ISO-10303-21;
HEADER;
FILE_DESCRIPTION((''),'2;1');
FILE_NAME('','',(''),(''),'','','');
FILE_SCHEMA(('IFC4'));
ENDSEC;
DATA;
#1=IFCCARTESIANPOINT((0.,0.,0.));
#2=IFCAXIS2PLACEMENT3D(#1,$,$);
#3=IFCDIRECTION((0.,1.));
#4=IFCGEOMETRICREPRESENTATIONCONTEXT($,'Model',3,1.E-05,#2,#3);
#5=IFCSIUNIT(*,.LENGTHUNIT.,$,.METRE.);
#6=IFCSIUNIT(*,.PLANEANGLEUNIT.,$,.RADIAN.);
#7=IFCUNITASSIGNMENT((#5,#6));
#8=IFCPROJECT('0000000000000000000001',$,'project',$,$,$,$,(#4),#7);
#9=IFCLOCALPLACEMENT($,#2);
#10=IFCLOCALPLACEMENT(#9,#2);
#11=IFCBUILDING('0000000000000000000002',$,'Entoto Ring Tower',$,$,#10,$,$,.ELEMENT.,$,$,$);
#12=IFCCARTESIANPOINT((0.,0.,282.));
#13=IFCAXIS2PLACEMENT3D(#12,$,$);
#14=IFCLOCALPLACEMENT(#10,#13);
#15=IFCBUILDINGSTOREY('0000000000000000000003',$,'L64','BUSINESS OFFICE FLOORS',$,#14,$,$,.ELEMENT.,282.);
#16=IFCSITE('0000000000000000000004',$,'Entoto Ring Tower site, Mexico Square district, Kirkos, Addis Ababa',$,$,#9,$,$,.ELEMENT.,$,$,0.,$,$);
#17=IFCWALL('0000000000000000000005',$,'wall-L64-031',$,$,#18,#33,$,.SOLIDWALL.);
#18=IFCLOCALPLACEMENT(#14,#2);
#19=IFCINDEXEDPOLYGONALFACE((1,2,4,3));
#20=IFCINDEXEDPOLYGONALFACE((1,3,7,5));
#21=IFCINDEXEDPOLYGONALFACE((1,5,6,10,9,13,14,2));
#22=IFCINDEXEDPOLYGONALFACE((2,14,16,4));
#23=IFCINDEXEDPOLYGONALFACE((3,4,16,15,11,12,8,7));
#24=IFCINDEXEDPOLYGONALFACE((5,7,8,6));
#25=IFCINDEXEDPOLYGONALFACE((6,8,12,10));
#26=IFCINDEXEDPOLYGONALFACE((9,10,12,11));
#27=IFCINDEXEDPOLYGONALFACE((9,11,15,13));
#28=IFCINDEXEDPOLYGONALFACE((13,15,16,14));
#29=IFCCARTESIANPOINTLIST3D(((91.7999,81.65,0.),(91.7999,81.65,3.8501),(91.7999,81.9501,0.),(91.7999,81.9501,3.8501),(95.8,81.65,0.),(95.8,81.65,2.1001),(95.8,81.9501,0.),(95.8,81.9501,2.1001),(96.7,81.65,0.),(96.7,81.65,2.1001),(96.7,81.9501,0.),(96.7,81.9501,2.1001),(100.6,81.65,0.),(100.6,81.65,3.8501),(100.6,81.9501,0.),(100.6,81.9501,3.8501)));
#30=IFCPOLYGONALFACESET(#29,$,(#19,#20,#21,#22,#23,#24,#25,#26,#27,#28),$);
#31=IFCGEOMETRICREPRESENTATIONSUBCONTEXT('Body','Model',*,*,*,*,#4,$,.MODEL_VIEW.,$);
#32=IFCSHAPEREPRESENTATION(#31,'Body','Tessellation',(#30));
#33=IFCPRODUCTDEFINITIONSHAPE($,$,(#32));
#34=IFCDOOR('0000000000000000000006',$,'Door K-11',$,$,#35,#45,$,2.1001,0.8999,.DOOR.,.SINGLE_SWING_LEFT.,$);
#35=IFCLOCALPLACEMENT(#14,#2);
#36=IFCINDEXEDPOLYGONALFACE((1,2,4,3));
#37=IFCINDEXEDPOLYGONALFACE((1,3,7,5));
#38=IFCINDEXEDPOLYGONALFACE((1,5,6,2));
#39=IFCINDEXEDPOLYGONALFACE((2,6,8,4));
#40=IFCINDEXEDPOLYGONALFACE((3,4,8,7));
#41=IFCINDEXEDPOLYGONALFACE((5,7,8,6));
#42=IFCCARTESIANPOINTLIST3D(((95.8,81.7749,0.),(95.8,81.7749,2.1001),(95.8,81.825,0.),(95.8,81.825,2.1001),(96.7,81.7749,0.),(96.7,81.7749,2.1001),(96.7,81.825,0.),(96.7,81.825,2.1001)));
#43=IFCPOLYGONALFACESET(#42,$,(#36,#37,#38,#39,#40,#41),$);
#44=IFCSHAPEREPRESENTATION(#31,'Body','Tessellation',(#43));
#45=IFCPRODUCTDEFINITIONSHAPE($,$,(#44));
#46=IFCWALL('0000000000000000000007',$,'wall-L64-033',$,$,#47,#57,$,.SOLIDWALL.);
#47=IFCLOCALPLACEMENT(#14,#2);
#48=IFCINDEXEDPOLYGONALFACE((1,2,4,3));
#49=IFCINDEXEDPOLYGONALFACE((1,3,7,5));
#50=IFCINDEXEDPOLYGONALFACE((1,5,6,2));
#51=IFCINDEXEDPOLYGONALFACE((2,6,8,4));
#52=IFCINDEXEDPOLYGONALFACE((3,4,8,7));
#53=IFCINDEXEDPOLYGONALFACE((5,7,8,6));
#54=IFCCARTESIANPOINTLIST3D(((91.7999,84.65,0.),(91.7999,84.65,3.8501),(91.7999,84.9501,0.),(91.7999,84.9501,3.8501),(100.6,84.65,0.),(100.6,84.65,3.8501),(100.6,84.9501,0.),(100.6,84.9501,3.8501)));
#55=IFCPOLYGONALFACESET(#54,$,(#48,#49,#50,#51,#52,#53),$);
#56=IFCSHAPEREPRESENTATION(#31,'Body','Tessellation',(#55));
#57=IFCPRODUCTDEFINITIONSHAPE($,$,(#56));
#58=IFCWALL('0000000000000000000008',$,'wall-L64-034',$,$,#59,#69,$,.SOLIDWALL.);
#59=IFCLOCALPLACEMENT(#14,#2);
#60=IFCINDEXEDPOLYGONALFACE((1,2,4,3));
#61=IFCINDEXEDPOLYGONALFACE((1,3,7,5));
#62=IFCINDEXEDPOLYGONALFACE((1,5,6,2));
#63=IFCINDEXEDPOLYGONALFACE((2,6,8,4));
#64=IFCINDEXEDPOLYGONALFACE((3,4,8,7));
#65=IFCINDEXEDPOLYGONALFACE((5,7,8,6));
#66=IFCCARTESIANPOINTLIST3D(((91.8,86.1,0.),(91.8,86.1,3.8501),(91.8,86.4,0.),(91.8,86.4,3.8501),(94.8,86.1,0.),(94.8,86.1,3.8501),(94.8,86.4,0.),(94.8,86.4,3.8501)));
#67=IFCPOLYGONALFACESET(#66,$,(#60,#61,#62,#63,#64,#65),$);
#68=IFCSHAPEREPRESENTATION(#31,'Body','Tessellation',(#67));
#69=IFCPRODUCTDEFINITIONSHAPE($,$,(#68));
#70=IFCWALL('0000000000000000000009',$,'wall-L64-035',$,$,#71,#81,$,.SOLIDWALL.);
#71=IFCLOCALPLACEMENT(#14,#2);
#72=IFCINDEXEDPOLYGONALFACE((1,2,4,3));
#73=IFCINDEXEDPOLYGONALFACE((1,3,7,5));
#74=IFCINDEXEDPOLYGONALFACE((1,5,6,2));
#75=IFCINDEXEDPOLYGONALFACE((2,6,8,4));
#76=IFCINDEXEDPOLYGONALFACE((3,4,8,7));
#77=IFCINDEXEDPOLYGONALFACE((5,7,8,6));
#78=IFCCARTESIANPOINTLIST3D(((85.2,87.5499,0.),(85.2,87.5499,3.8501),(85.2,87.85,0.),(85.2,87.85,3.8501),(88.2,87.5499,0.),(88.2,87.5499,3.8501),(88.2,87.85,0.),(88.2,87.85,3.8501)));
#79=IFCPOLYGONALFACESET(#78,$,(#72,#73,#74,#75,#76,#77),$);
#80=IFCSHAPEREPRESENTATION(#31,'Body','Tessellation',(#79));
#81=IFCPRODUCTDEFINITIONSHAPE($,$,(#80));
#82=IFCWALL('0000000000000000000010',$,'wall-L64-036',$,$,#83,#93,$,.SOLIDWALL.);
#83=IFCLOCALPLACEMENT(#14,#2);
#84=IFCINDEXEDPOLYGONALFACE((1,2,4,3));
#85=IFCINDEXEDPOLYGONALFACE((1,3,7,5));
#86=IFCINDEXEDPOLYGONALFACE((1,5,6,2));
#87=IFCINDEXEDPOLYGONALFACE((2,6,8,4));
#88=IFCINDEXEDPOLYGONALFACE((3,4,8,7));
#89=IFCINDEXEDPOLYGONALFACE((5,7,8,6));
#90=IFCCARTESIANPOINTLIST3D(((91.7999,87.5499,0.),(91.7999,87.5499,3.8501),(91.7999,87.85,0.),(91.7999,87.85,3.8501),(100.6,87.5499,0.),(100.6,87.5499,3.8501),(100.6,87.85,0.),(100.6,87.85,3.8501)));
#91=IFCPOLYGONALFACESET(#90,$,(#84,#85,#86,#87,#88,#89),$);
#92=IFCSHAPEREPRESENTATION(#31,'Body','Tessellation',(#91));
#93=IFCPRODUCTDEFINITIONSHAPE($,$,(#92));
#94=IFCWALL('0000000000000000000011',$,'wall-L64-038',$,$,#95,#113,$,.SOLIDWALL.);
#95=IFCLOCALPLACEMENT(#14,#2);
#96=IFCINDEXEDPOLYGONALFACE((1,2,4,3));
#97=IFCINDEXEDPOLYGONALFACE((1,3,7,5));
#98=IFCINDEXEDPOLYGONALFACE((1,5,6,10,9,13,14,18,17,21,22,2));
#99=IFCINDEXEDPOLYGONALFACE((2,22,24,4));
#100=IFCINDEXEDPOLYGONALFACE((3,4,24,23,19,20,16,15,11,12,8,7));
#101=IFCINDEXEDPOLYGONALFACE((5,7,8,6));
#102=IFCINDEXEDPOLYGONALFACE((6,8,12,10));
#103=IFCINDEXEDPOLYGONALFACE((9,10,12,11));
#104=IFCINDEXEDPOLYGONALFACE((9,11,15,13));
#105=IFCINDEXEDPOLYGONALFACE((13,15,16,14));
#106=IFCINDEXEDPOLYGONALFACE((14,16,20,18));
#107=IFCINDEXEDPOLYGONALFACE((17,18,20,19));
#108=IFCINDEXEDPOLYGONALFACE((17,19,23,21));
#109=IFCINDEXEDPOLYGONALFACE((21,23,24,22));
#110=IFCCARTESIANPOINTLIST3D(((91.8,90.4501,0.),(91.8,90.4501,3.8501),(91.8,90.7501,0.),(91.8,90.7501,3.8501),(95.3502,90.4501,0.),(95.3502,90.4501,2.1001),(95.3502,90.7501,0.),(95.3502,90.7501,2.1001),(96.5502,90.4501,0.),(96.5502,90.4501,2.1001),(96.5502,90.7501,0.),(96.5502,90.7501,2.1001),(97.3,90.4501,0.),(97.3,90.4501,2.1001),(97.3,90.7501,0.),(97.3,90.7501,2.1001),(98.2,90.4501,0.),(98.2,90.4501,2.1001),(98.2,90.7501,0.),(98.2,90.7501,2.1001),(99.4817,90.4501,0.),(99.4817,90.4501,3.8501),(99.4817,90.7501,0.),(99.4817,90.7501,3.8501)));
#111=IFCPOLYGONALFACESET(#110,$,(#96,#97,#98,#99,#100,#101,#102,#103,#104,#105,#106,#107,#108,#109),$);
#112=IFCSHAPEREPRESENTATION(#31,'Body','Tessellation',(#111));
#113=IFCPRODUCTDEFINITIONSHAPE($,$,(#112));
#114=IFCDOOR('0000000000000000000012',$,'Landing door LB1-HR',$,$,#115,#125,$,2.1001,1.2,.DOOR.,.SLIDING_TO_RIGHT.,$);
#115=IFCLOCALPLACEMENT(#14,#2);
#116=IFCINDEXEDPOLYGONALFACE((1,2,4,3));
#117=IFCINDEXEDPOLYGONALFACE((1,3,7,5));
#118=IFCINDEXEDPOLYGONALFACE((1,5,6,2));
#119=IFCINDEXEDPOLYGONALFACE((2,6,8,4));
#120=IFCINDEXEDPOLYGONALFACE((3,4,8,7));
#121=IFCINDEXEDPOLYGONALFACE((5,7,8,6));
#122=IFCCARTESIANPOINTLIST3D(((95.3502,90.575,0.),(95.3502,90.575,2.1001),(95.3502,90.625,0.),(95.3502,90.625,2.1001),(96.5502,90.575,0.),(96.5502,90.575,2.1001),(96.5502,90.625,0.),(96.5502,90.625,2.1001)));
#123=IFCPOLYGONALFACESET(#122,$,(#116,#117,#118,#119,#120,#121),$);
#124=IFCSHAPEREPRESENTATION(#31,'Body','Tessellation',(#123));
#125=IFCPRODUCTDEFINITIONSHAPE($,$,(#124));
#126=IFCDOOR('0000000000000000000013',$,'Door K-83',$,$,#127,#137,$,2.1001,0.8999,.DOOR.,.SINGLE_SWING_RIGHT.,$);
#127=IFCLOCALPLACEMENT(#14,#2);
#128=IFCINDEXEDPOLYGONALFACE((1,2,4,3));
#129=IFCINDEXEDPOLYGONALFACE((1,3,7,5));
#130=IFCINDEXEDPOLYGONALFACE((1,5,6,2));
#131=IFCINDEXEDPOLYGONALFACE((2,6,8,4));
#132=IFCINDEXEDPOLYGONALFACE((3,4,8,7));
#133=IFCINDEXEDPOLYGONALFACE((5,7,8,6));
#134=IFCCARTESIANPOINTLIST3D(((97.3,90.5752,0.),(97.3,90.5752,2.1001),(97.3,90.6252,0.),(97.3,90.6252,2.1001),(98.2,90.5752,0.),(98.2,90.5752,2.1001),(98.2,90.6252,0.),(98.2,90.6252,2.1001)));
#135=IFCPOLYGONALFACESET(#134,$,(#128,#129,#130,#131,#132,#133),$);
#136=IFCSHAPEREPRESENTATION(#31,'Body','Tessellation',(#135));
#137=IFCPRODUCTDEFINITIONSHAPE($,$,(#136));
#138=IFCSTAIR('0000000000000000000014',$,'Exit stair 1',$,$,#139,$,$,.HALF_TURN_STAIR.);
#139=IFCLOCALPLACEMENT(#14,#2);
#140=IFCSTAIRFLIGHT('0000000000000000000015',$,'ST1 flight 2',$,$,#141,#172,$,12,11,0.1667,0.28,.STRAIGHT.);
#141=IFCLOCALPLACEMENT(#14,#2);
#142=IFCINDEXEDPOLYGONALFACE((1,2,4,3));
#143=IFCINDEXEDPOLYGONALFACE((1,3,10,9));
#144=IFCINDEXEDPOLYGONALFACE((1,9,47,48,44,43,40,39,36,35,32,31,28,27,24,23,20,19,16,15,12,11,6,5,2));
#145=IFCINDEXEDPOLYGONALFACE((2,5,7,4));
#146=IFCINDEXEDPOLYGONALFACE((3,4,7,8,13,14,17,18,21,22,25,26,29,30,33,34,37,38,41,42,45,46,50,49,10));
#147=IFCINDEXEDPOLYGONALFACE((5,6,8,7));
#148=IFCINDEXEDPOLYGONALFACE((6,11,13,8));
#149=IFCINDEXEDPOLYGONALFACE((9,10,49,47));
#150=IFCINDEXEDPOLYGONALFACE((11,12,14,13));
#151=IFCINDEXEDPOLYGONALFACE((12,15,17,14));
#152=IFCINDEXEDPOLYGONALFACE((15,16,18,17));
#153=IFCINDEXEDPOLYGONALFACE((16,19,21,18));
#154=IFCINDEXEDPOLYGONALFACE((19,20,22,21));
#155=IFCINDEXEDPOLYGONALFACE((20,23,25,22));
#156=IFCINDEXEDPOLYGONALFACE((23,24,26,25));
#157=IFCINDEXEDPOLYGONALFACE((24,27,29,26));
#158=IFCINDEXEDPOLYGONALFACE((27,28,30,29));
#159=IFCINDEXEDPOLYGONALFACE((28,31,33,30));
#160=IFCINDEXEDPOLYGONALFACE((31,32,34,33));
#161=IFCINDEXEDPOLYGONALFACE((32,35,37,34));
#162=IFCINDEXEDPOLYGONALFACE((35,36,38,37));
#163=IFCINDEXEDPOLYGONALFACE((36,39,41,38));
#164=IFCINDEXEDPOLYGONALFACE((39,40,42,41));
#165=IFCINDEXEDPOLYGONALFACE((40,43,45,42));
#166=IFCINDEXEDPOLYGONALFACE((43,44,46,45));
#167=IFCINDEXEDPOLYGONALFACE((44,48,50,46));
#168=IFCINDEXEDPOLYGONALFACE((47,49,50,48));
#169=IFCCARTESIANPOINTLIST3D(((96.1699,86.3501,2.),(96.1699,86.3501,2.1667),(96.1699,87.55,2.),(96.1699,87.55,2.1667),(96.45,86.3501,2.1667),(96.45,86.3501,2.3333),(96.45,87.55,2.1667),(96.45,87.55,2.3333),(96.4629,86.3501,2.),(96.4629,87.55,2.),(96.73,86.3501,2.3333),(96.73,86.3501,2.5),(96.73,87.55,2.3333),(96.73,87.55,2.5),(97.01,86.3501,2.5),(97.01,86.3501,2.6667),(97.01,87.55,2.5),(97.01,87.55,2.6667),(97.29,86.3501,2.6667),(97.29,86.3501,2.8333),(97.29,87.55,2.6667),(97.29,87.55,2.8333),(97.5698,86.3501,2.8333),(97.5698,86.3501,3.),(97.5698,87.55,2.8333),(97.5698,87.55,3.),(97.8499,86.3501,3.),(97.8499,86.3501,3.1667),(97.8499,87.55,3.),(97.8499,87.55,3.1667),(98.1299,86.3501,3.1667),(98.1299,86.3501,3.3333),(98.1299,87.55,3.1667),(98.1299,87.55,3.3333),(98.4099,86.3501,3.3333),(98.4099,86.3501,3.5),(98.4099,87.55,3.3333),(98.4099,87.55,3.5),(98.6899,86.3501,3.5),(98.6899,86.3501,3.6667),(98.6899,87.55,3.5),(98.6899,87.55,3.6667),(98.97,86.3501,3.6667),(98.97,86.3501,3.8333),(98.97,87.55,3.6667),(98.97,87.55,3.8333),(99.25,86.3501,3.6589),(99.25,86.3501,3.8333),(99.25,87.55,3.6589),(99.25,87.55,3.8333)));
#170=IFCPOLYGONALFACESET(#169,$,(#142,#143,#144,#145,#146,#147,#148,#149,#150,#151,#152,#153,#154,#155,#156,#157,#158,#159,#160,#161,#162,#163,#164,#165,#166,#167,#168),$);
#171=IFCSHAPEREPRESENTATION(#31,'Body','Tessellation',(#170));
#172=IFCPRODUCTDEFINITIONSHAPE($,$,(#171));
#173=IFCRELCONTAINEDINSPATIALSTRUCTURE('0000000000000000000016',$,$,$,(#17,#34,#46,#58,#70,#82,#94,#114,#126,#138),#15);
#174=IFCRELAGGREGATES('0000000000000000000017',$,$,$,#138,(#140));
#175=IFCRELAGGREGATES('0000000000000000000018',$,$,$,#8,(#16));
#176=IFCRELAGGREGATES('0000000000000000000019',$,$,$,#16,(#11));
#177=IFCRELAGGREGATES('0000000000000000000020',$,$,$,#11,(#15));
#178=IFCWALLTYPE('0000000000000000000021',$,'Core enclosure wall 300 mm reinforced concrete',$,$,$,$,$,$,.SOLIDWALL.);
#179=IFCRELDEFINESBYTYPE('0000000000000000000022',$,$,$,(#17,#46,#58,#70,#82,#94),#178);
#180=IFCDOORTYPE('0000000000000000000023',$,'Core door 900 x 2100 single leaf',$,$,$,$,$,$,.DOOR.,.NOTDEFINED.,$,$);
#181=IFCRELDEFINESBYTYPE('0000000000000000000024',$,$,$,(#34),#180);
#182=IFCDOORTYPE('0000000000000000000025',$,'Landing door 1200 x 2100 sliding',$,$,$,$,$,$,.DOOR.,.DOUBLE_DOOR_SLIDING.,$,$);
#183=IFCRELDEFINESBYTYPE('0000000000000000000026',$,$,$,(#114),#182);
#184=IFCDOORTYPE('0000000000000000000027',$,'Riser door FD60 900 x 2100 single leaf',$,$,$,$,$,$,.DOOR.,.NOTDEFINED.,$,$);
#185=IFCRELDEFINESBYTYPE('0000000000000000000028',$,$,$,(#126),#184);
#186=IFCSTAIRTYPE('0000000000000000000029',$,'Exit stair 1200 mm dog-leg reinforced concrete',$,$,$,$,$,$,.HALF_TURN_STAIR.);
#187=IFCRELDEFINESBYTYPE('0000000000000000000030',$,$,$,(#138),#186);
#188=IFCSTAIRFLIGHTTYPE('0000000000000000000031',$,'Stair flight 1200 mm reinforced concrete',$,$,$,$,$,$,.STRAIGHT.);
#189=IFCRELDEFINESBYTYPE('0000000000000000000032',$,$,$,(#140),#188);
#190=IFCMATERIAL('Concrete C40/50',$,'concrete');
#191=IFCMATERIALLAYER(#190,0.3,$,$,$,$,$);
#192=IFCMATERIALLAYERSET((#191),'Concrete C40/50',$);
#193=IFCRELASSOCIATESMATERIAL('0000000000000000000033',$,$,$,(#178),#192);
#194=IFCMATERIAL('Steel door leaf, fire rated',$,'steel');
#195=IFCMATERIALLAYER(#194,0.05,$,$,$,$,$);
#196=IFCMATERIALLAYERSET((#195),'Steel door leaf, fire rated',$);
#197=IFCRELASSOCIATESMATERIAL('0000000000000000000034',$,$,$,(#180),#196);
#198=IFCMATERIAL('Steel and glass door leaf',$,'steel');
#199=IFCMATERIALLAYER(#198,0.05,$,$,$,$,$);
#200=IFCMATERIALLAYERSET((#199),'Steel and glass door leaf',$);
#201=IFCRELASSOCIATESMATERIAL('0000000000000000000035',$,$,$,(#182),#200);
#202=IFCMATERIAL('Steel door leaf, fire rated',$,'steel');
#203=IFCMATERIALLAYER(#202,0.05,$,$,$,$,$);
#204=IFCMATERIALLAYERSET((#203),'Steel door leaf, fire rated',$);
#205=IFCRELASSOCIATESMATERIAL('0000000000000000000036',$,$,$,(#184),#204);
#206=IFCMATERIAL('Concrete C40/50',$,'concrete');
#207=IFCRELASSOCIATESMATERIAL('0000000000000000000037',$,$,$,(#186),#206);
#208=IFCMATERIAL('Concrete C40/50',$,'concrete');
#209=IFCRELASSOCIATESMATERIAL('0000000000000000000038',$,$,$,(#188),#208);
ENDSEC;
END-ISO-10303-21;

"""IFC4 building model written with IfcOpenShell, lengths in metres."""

from ifc_helpers import new_model, si_unit, direction, frame, frame_2d, origin, place, context, subcontext, project, spatial, polyline, rectangle, outline, extrude, material, layer, layer_set, type_object, element, fill, aggregate, save


model = new_model("IFC4")

# Units and contexts
model_context = context("Model", 3, precision=1e-05, world=origin(), true_north=direction((0.0, 1.0)))
body_context = subcontext(model_context, "Body", "Model", "MODEL_VIEW")
ifc_project = project(units=[si_unit("LENGTHUNIT", "METRE"), si_unit("PLANEANGLEUNIT", "RADIAN")], contexts=[model_context])

# Site, building, storey
site_placement = place(None, origin())
site = spatial("IfcSite", under=ifc_project, at=site_placement, Name="Entoto Ring Tower site, Mexico Square district, Kirkos, Addis Ababa", CompositionType="ELEMENT", RefElevation=0.0)
building_placement = place(site_placement, origin())
building = spatial("IfcBuilding", under=site, at=building_placement, Name="Entoto Ring Tower", CompositionType="ELEMENT")
storey_placement = place(building_placement, frame((0.0, 0.0, 282.0)))
storey = spatial("IfcBuildingStorey", under=building, at=storey_placement, Name="L64", Description="BUSINESS OFFICE FLOORS", CompositionType="ELEMENT", Elevation=282.0)

# Shared definitions
ifc_material_1 = material(Name="Concrete C40/50", Category="concrete")
ifc_layer_1 = layer(ifc_material_1, 0.3)
ifc_layer_set_1 = layer_set([ifc_layer_1], Name="Concrete C40/50")
wall_type = type_object("IfcWallType", Name="Core enclosure wall 300 mm reinforced concrete", PredefinedType="SOLIDWALL", material=ifc_layer_set_1)

# Shared definitions
ifc_material_2 = material(Name="Steel door leaf, fire rated", Category="steel")
ifc_layer_2 = layer(ifc_material_2, 0.05)
ifc_layer_set_2 = layer_set([ifc_layer_2], Name="Steel door leaf, fire rated")
door_type_1 = type_object("IfcDoorType", Name="Core door 900 x 2100 single leaf", OperationType="NOTDEFINED", PredefinedType="DOOR", material=ifc_layer_set_2)
ifc_material_3 = material(Name="Steel and glass door leaf", Category="steel")
ifc_layer_3 = layer(ifc_material_3, 0.05)
ifc_layer_set_3 = layer_set([ifc_layer_3], Name="Steel and glass door leaf")
door_type_2 = type_object("IfcDoorType", Name="Landing door 1200 x 2100 sliding", OperationType="DOUBLE_DOOR_SLIDING", PredefinedType="DOOR", material=ifc_layer_set_3)

# Wall, opening, door
wall_1_placement = place(storey_placement, frame((91.8, 81.8, 0.0), z_axis=(0.0, 0.0, 1.0), x_axis=(1.0, 0.0, 0.0)))
wall_1 = element("IfcWall", 1, at=wall_1_placement, inside=storey, type_object=wall_type, Name="wall-L64-031", PredefinedType="SOLIDWALL", context=body_context, shape_type="SweptSolid", body=[
    extrude(rectangle(XDim=8.8, YDim=0.3, at=frame_2d((4.3999, 0.0))), origin(), (0.0, 0.0, 1.0), 3.8501),
])
opening_1_placement = place(wall_1_placement, frame((4.0, 0.0, 0.0)))
opening_1 = element("IfcOpeningElement", 2, at=opening_1_placement, cuts=wall_1, PredefinedType="OPENING", context=body_context, shape_type="SweptSolid", body=[
    extrude(rectangle(XDim=0.8999, YDim=2.1001, at=frame_2d((0.45, 1.05))), frame((0.0, 0.1602, 0.0), z_axis=(0.0, -1.0, 0.0), x_axis=(1.0, 0.0, 0.0)), (0.0, 0.0, 1.0), 0.3201),
])
door_1_placement = place(opening_1_placement, origin())
door_1 = element("IfcDoor", 3, at=door_1_placement, inside=storey, type_object=door_type_1, Name="Door K-11", OperationType="SINGLE_SWING_LEFT", OverallHeight=2.1001, OverallWidth=0.8999, PredefinedType="DOOR", context=body_context, shape_type="SweptSolid", body=[
    extrude(rectangle(XDim=0.8999, YDim=2.1001, at=frame_2d((0.45, 1.05))), frame((0.0, 0.0249, 0.0), z_axis=(0.0, -1.0, 0.0), x_axis=(1.0, 0.0, 0.0)), (0.0, 0.0, 1.0), 0.05),
])
fill(opening_1, door_1)

# Walls
wall_2_placement = place(storey_placement, frame((91.8, 84.8, 0.0), z_axis=(0.0, 0.0, 1.0), x_axis=(1.0, 0.0, 0.0)))
element("IfcWall", 4, at=wall_2_placement, inside=storey, type_object=wall_type, Name="wall-L64-033", PredefinedType="SOLIDWALL", context=body_context, shape_type="SweptSolid", body=[
    extrude(rectangle(XDim=8.8, YDim=0.3, at=frame_2d((4.3999, 0.0))), origin(), (0.0, 0.0, 1.0), 3.8501),
])
for number, where, z_axis, x_axis, name in (
    (5, (91.8, 86.25, 0.0), (0.0, 0.0, 1.0), (1.0, 0.0, 0.0), "wall-L64-034"),
    (6, (85.2, 87.7, 0.0), (0.0, 0.0, 1.0), (1.0, 0.0, 0.0), "wall-L64-035"),
):
    element("IfcWall", number, at=place(storey_placement, frame(where, z_axis=z_axis, x_axis=x_axis)), inside=storey, type_object=wall_type, Name=name, PredefinedType="SOLIDWALL", context=body_context, shape_type="SweptSolid", body=[
        extrude(rectangle(XDim=3.0, YDim=0.3, at=frame_2d((1.5, 0.0))), origin(), (0.0, 0.0, 1.0), 3.8501),
    ])
wall_3_placement = place(storey_placement, frame((91.8, 87.7, 0.0), z_axis=(0.0, 0.0, 1.0), x_axis=(1.0, 0.0, 0.0)))
element("IfcWall", 7, at=wall_3_placement, inside=storey, type_object=wall_type, Name="wall-L64-036", PredefinedType="SOLIDWALL", context=body_context, shape_type="SweptSolid", body=[
    extrude(rectangle(XDim=8.8, YDim=0.3, at=frame_2d((4.3999, 0.0))), origin(), (0.0, 0.0, 1.0), 3.8501),
])

# Wall, openings, doors
wall_4_placement = place(storey_placement, frame((91.8, 90.6001, 0.0), z_axis=(0.0, 0.0, 1.0), x_axis=(1.0, 0.0, 0.0)))
wall_4 = element("IfcWall", 8, at=wall_4_placement, inside=storey, type_object=wall_type, Name="wall-L64-038", PredefinedType="SOLIDWALL", context=body_context, shape_type="SweptSolid", body=[
    extrude(rectangle(XDim=7.6816, YDim=0.3, at=frame_2d((3.8408, 0.0))), origin(), (0.0, 0.0, 1.0), 3.8501),
])
opening_2_placement = place(wall_4_placement, frame((3.55, 0.0, 0.0)))
opening_2 = element("IfcOpeningElement", 9, at=opening_2_placement, cuts=wall_4, PredefinedType="OPENING", context=body_context, shape_type="SweptSolid", body=[
    extrude(rectangle(XDim=1.2, YDim=2.1001, at=frame_2d((0.6001, 1.05))), frame((0.0, 0.1602, 0.0), z_axis=(0.0, -1.0, 0.0), x_axis=(1.0, 0.0, 0.0)), (0.0, 0.0, 1.0), 0.3201),
])
opening_3_placement = place(wall_4_placement, frame((5.5, 0.0, 0.0)))
opening_3 = element("IfcOpeningElement", 10, at=opening_3_placement, cuts=wall_4, PredefinedType="OPENING", context=body_context, shape_type="SweptSolid", body=[
    extrude(rectangle(XDim=0.8999, YDim=2.1001, at=frame_2d((0.45, 1.05))), frame((0.0, 0.1602, 0.0), z_axis=(0.0, -1.0, 0.0), x_axis=(1.0, 0.0, 0.0)), (0.0, 0.0, 1.0), 0.3201),
])
door_2_placement = place(opening_2_placement, origin())
door_2 = element("IfcDoor", 11, at=door_2_placement, inside=storey, type_object=door_type_2, Name="Landing door LB1-HR", OperationType="SLIDING_TO_RIGHT", OverallHeight=2.1001, OverallWidth=1.2, PredefinedType="DOOR", context=body_context, shape_type="SweptSolid", body=[
    extrude(rectangle(XDim=1.2, YDim=2.1001, at=frame_2d((0.6001, 1.05))), frame((0.0, 0.0249, 0.0), z_axis=(0.0, -1.0, 0.0), x_axis=(1.0, 0.0, 0.0)), (0.0, 0.0, 1.0), 0.05),
])
fill(opening_2, door_2)
ifc_material_4 = material(Name="Steel door leaf, fire rated", Category="steel")
ifc_layer_4 = layer(ifc_material_4, 0.05)
ifc_layer_set_4 = layer_set([ifc_layer_4], Name="Steel door leaf, fire rated")
door_type_3 = type_object("IfcDoorType", Name="Riser door FD60 900 x 2100 single leaf", OperationType="NOTDEFINED", PredefinedType="DOOR", material=ifc_layer_set_4)
door_3_placement = place(opening_3_placement, frame((0.8999, 0.0, 0.0), z_axis=(0.0, 0.0, 1.0), x_axis=(-1.0, 0.0, 0.0)))
door_3 = element("IfcDoor", 12, at=door_3_placement, inside=storey, type_object=door_type_3, Name="Door K-83", OperationType="SINGLE_SWING_RIGHT", OverallHeight=2.1001, OverallWidth=0.8999, PredefinedType="DOOR", context=body_context, shape_type="SweptSolid", body=[
    extrude(rectangle(XDim=0.8999, YDim=2.1001, at=frame_2d((0.45, 1.05))), frame((0.0, 0.0249, 0.0), z_axis=(0.0, -1.0, 0.0), x_axis=(1.0, 0.0, 0.0)), (0.0, 0.0, 1.0), 0.05),
])
fill(opening_3, door_3)

# Stair, stair flight
ifc_material_5 = material(Name="Concrete C40/50", Category="concrete")
stair_type = type_object("IfcStairType", Name="Exit stair 1200 mm dog-leg reinforced concrete", PredefinedType="HALF_TURN_STAIR", material=ifc_material_5)
stair_placement = place(storey_placement, origin())
stair = element("IfcStair", 13, at=stair_placement, inside=storey, type_object=stair_type, Name="Exit stair 1", PredefinedType="HALF_TURN_STAIR")
ifc_material_6 = material(Name="Concrete C40/50", Category="concrete")
stair_flight_type = type_object("IfcStairFlightType", Name="Stair flight 1200 mm reinforced concrete", PredefinedType="STRAIGHT", material=ifc_material_6)
stair_flight_placement = place(storey_placement, frame((96.1699, 86.95, 2.0), z_axis=(0.0, 0.0, 1.0), x_axis=(1.0, 0.0, 0.0)))
stair_flight = element("IfcStairFlight", 14, at=stair_flight_placement, type_object=stair_flight_type, Name="ST1 flight 2", NumberOfRisers=12, NumberOfTreads=11, PredefinedType="STRAIGHT", RiserHeight=0.1667, TreadLength=0.28, context=body_context, shape_type="SweptSolid", body=[
    extrude(outline(polyline([(0.0, 0.0), (0.0, 0.1667), (0.28, 0.1667), (0.28, 0.3333), (0.5601, 0.3333), (0.5601, 0.5), (0.8401, 0.5), (0.8401, 0.6667), (1.1201, 0.6667), (1.1201, 0.8333), (1.3999, 0.8333), (1.3999, 1.0), (1.6799, 1.0), (1.6799, 1.1667), (1.96, 1.1667), (1.96, 1.3333), (2.24, 1.3333), (2.24, 1.5), (2.52, 1.5), (2.52, 1.6667), (2.8, 1.6667), (2.8, 1.8333), (3.0801, 1.8333), (3.0801, 2.0), (3.0801, 1.6589), (0.293, 0.0), (0.0, 0.0)])), frame((0.0, 0.6001, 0.0), z_axis=(0.0, -1.0, 0.0), x_axis=(1.0, 0.0, 0.0)), (0.0, 0.0, 1.0), 1.2),
])
aggregate(stair, [stair_flight])

save(model, "model.ifc")
